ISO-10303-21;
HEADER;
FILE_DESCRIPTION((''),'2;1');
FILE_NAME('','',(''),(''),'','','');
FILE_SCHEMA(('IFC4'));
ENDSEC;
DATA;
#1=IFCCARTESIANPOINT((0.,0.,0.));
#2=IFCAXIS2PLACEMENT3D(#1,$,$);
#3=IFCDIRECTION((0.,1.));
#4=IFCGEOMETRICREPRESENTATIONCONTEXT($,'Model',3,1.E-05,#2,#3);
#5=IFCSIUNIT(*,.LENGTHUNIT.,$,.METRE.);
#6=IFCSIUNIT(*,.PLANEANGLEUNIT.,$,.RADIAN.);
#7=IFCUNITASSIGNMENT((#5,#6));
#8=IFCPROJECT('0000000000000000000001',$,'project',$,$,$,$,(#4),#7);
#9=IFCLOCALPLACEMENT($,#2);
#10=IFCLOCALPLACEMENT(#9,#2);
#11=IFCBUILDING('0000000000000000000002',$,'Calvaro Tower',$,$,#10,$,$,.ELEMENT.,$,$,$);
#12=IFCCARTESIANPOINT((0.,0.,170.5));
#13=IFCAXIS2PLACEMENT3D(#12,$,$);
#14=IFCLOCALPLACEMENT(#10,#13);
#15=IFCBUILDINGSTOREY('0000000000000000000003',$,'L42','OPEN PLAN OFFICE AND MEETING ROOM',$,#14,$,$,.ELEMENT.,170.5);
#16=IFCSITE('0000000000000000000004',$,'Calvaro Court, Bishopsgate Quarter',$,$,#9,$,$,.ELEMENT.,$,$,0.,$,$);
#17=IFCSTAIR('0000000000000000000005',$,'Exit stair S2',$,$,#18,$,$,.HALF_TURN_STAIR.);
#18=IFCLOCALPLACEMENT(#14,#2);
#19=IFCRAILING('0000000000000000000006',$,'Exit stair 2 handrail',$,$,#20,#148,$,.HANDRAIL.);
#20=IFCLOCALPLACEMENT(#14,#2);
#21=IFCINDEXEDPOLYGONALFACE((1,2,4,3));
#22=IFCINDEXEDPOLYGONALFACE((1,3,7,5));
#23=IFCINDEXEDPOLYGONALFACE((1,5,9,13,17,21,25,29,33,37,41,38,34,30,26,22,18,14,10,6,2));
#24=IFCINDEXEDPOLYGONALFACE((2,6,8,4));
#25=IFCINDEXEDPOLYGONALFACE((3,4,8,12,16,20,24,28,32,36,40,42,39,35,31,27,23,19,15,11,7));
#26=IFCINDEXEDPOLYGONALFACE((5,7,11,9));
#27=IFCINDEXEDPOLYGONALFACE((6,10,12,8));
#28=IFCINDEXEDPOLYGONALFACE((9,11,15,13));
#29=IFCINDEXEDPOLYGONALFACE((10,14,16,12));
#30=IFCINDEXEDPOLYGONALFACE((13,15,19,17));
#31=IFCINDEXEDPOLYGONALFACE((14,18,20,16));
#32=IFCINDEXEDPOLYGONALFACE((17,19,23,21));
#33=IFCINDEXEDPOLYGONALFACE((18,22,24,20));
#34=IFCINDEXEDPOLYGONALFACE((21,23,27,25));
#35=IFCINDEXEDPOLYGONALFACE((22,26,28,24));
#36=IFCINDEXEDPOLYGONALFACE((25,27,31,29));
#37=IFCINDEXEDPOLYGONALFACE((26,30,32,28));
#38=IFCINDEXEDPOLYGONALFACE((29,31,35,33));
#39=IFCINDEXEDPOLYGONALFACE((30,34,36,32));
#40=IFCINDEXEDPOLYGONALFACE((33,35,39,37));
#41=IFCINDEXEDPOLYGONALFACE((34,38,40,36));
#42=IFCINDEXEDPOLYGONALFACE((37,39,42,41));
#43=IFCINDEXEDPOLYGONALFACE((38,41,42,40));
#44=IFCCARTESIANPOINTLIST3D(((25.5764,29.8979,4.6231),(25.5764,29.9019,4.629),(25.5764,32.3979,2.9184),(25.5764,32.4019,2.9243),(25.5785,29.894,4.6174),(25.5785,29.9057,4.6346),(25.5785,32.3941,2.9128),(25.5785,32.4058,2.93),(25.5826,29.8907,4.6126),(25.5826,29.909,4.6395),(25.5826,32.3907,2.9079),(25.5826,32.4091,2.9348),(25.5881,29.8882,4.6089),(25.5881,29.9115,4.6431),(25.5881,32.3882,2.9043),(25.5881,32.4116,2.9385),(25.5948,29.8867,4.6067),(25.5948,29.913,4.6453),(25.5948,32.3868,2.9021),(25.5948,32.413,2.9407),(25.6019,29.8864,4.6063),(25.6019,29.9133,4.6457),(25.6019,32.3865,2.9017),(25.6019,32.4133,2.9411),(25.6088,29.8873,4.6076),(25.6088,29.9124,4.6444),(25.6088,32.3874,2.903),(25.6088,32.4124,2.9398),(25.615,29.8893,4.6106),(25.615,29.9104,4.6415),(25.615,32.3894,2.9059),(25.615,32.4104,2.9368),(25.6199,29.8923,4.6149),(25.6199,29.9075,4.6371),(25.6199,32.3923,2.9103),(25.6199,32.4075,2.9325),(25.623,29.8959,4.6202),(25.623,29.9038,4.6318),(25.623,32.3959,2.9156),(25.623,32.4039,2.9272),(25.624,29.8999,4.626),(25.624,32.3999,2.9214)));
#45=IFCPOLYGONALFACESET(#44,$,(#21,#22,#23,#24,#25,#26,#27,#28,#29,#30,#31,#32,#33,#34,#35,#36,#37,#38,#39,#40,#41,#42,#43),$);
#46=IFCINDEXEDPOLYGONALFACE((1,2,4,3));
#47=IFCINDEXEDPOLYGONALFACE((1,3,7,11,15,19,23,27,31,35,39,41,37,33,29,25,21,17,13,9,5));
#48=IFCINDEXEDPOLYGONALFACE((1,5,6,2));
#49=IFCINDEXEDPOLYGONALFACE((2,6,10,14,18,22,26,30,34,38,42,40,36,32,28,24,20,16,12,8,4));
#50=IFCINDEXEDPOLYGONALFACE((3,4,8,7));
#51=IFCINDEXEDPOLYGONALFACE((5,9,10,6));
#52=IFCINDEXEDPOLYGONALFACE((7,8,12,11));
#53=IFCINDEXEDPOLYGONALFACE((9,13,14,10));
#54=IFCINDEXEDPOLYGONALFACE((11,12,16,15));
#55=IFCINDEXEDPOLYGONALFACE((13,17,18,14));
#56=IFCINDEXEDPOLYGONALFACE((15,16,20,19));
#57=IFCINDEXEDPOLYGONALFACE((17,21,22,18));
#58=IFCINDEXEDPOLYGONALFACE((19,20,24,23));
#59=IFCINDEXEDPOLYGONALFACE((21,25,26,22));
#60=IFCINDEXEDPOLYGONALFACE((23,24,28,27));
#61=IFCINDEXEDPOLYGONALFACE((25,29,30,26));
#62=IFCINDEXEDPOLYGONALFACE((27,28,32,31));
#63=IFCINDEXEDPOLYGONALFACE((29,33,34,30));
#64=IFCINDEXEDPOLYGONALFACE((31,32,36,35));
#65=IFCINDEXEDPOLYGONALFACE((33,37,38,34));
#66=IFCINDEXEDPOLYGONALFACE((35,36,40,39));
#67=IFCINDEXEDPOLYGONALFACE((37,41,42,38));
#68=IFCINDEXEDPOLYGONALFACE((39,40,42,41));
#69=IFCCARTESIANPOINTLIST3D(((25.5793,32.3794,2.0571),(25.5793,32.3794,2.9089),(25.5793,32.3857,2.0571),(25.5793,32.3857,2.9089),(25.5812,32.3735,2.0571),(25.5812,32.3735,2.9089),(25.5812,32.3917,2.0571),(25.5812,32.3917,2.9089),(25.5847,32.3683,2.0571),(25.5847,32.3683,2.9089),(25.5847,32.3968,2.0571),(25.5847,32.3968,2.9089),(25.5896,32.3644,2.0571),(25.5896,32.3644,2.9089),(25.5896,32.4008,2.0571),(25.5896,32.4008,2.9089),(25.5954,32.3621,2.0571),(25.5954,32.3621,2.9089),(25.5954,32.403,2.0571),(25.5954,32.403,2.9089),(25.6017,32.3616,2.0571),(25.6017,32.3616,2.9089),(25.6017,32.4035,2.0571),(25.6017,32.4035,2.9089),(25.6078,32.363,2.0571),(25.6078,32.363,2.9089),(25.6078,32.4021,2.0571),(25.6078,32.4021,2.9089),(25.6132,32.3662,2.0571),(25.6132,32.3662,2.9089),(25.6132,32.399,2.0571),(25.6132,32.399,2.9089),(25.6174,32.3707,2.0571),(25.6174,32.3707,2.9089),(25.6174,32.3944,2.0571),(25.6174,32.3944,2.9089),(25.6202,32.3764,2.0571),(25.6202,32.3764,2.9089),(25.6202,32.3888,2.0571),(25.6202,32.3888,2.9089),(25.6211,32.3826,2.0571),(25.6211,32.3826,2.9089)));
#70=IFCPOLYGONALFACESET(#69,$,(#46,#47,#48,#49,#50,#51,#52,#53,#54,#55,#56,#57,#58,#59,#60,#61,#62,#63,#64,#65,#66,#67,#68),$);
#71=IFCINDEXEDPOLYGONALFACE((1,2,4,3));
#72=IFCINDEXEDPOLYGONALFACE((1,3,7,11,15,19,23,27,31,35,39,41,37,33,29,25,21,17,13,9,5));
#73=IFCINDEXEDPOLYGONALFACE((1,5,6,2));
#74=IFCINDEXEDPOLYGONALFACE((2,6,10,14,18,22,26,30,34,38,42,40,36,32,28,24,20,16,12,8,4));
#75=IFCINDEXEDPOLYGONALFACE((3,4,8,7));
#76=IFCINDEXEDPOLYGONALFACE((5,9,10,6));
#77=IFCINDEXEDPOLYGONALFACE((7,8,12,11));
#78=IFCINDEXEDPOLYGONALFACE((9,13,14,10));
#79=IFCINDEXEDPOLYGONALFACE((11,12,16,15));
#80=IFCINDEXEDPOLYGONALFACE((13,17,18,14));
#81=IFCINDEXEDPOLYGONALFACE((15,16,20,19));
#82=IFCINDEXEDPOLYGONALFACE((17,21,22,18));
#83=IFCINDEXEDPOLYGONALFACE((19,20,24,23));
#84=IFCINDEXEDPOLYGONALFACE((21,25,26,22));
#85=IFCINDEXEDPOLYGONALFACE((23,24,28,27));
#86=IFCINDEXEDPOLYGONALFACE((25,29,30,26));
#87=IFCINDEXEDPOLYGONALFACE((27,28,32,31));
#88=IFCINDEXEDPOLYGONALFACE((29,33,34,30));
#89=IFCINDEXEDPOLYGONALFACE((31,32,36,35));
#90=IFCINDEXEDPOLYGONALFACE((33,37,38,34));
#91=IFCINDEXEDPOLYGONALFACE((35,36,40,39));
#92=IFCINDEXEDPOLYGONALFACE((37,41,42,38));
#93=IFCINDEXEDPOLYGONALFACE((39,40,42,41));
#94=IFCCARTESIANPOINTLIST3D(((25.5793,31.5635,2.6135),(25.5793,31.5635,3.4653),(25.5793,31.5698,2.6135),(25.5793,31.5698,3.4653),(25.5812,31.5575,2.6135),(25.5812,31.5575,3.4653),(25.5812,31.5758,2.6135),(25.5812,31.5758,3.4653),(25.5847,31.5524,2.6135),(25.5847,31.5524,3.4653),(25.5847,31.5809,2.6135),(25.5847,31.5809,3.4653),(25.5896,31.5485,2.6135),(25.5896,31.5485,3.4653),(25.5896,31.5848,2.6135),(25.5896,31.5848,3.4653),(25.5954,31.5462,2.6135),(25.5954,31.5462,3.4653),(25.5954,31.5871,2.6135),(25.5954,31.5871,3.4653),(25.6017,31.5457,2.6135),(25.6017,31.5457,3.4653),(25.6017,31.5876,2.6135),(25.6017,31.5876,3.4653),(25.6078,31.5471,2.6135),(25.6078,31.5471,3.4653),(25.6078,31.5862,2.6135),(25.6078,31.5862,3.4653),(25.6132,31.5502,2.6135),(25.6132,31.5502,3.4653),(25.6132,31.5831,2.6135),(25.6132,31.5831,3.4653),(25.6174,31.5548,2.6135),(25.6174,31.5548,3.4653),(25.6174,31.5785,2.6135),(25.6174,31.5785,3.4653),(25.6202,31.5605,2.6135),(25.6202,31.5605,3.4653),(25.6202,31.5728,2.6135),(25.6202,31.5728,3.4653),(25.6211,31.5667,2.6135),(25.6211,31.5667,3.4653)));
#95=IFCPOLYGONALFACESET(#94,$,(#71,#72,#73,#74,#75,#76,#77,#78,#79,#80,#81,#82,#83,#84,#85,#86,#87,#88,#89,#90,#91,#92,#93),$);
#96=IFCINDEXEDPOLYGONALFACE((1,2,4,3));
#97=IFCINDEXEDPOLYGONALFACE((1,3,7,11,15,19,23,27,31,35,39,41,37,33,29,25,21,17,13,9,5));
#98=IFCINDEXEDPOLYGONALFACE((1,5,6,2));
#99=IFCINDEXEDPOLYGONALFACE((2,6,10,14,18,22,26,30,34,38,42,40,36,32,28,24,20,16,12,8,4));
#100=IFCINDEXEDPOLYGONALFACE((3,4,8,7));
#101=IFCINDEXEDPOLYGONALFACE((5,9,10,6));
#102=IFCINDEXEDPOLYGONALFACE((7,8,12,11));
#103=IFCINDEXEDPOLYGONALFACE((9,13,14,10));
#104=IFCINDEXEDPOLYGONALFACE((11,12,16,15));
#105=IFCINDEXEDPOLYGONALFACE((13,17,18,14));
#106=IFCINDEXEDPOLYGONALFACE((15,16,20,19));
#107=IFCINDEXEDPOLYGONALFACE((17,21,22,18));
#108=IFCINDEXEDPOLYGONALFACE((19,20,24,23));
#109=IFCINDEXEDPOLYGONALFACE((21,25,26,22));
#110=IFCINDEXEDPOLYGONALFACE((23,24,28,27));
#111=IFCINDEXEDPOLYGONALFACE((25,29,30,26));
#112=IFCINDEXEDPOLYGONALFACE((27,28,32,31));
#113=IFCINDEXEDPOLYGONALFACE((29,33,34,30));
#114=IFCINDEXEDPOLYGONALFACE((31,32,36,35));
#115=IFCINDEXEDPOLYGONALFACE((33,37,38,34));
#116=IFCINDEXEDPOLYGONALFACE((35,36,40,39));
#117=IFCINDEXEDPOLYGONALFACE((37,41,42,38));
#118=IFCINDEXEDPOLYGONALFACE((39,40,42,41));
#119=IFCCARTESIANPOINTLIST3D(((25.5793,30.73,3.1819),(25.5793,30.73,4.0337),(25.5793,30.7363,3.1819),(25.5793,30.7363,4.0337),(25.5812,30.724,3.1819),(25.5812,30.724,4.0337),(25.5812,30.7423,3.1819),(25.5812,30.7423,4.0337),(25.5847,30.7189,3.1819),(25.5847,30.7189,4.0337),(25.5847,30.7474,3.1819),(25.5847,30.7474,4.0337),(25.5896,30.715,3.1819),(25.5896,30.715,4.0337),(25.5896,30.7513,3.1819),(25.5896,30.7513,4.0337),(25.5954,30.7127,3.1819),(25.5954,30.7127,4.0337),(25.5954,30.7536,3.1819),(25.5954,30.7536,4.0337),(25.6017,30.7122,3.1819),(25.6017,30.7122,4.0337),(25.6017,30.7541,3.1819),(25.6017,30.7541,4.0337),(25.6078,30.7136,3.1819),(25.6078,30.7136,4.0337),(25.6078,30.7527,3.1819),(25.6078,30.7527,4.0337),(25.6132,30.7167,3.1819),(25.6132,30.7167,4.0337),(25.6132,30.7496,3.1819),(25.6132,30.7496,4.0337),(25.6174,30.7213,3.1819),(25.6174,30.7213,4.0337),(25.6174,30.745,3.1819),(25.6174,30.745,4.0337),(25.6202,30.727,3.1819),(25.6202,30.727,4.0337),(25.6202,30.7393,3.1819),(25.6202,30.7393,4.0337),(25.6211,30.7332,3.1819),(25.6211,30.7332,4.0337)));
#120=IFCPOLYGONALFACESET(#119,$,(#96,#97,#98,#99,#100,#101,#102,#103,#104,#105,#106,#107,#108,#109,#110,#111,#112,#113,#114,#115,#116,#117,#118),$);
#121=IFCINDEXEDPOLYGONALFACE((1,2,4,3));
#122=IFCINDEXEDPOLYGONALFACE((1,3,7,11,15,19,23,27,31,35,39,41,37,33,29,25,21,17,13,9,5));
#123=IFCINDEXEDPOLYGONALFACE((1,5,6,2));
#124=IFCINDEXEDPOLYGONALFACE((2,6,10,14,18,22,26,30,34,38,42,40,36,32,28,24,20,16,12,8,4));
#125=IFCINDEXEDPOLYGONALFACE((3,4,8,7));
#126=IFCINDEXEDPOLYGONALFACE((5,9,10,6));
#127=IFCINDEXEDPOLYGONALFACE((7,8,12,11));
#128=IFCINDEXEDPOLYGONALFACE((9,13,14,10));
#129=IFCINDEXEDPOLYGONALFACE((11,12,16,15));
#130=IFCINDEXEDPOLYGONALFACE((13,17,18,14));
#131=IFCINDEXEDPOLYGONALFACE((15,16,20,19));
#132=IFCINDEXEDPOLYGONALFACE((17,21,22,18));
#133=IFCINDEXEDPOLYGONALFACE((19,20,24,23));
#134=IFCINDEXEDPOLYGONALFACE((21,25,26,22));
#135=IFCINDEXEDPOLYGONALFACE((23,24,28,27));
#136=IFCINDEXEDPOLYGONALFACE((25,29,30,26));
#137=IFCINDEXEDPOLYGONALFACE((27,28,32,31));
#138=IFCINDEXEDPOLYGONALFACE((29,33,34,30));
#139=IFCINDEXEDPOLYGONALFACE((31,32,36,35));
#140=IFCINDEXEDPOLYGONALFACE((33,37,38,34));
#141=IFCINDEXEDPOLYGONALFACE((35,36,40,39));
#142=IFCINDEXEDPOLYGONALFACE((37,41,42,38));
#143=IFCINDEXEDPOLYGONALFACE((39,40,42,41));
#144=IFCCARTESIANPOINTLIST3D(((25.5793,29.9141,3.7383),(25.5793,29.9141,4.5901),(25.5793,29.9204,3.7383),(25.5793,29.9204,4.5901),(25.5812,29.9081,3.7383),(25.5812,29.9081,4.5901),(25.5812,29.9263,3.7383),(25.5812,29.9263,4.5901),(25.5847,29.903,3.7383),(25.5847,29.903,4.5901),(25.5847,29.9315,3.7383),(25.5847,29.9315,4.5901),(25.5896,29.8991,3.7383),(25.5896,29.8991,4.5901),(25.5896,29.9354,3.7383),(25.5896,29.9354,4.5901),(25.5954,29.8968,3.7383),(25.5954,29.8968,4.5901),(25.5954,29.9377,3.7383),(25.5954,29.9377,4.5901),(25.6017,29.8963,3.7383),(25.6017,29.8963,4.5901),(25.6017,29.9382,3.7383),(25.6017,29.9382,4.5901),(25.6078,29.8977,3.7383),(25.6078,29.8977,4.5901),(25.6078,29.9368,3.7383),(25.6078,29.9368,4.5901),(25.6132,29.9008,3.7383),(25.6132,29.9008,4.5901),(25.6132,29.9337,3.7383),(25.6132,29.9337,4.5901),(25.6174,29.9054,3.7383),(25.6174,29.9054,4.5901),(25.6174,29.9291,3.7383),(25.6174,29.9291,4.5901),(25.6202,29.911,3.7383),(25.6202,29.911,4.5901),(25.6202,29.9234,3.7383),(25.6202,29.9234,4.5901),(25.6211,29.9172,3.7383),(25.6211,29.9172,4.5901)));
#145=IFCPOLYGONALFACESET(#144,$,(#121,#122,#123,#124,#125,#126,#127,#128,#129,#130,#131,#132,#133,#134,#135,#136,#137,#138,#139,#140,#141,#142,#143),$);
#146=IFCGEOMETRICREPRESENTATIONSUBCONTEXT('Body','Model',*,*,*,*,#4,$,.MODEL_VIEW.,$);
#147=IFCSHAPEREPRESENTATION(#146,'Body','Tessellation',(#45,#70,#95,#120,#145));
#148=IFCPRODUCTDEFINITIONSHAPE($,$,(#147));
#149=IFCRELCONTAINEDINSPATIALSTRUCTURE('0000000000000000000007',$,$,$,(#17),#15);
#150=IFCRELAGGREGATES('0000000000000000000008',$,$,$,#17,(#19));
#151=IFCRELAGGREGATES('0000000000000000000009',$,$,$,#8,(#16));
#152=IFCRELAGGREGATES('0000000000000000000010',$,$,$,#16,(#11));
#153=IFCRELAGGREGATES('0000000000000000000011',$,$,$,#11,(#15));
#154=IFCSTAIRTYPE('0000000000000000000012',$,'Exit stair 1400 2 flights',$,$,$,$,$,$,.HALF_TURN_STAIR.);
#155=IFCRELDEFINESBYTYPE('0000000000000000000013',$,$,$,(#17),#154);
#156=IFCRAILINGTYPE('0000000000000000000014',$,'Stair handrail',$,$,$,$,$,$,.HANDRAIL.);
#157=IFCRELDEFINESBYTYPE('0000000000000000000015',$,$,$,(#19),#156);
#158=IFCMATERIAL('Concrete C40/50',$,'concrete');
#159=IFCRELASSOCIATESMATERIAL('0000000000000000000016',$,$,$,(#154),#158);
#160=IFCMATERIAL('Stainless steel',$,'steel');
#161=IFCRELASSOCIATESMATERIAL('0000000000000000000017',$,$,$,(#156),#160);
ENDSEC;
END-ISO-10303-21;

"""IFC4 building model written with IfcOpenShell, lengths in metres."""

from ifc_helpers import new_model, si_unit, direction, frame, origin, origin_2d, place, context, subcontext, project, spatial, circle, extrude, material, type_object, element, aggregate, save


model = new_model("IFC4")

# Units and contexts
model_context = context("Model", 3, precision=1e-05, world=origin(), true_north=direction((0.0, 1.0)))
body_context = subcontext(model_context, "Body", "Model", "MODEL_VIEW")
ifc_project = project(units=[si_unit("LENGTHUNIT", "METRE"), si_unit("PLANEANGLEUNIT", "RADIAN")], contexts=[model_context])

# Site, building, storey
site_placement = place(None, origin())
site = spatial("IfcSite", under=ifc_project, at=site_placement, Name="Calvaro Court, Bishopsgate Quarter", CompositionType="ELEMENT", RefElevation=0.0)
building_placement = place(site_placement, origin())
building = spatial("IfcBuilding", under=site, at=building_placement, Name="Calvaro Tower", CompositionType="ELEMENT")
storey_placement = place(building_placement, frame((0.0, 0.0, 170.5)))
storey = spatial("IfcBuildingStorey", under=building, at=storey_placement, Name="L42", Description="OPEN PLAN OFFICE AND MEETING ROOM", CompositionType="ELEMENT", Elevation=170.5)

# Stair, railing
ifc_material_1 = material(Name="Concrete C40/50", Category="concrete")
stair_type = type_object("IfcStairType", Name="Exit stair 1400 2 flights", PredefinedType="HALF_TURN_STAIR", material=ifc_material_1)
stair_placement = place(storey_placement, origin())
stair = element("IfcStair", 1, at=stair_placement, inside=storey, type_object=stair_type, Name="Exit stair S2", PredefinedType="HALF_TURN_STAIR")
ifc_material_2 = material(Name="Stainless steel", Category="steel")
railing_type = type_object("IfcRailingType", Name="Stair handrail", PredefinedType="HANDRAIL", material=ifc_material_2)
railing_1_placement = place(storey_placement, frame((25.6001, 32.3999, 2.0454)))
railing_1 = element("IfcRailing", 2, at=railing_1_placement, type_object=railing_type, Name="Exit stair 2 handrail", PredefinedType="HANDRAIL", context=body_context, shape_type="SweptSolid", body=[
    extrude(circle(Radius=0.0239, at=origin_2d()), frame((0.0, 0.0, 0.876), z_axis=(0.0, -0.826221, 0.563347), x_axis=(1.0, 0.0, 0.0)), (0.0, 0.0, 1.0), 3.0259),
    extrude(circle(Radius=0.021, at=origin_2d()), frame((0.0, -0.0173, 0.0117)), (0.0, 0.0, 1.0), 0.8518),
    extrude(circle(Radius=0.021, at=origin_2d()), frame((0.0, -0.8333, 0.5681)), (0.0, 0.0, 1.0), 0.8518),
    extrude(circle(Radius=0.021, at=origin_2d()), frame((0.0, -1.6667, 1.1365)), (0.0, 0.0, 1.0), 0.8518),
    extrude(circle(Radius=0.021, at=origin_2d()), frame((0.0, -2.4827, 1.6929)), (0.0, 0.0, 1.0), 0.8518),
])
aggregate(stair, [railing_1])

save(model, "model.ifc")
